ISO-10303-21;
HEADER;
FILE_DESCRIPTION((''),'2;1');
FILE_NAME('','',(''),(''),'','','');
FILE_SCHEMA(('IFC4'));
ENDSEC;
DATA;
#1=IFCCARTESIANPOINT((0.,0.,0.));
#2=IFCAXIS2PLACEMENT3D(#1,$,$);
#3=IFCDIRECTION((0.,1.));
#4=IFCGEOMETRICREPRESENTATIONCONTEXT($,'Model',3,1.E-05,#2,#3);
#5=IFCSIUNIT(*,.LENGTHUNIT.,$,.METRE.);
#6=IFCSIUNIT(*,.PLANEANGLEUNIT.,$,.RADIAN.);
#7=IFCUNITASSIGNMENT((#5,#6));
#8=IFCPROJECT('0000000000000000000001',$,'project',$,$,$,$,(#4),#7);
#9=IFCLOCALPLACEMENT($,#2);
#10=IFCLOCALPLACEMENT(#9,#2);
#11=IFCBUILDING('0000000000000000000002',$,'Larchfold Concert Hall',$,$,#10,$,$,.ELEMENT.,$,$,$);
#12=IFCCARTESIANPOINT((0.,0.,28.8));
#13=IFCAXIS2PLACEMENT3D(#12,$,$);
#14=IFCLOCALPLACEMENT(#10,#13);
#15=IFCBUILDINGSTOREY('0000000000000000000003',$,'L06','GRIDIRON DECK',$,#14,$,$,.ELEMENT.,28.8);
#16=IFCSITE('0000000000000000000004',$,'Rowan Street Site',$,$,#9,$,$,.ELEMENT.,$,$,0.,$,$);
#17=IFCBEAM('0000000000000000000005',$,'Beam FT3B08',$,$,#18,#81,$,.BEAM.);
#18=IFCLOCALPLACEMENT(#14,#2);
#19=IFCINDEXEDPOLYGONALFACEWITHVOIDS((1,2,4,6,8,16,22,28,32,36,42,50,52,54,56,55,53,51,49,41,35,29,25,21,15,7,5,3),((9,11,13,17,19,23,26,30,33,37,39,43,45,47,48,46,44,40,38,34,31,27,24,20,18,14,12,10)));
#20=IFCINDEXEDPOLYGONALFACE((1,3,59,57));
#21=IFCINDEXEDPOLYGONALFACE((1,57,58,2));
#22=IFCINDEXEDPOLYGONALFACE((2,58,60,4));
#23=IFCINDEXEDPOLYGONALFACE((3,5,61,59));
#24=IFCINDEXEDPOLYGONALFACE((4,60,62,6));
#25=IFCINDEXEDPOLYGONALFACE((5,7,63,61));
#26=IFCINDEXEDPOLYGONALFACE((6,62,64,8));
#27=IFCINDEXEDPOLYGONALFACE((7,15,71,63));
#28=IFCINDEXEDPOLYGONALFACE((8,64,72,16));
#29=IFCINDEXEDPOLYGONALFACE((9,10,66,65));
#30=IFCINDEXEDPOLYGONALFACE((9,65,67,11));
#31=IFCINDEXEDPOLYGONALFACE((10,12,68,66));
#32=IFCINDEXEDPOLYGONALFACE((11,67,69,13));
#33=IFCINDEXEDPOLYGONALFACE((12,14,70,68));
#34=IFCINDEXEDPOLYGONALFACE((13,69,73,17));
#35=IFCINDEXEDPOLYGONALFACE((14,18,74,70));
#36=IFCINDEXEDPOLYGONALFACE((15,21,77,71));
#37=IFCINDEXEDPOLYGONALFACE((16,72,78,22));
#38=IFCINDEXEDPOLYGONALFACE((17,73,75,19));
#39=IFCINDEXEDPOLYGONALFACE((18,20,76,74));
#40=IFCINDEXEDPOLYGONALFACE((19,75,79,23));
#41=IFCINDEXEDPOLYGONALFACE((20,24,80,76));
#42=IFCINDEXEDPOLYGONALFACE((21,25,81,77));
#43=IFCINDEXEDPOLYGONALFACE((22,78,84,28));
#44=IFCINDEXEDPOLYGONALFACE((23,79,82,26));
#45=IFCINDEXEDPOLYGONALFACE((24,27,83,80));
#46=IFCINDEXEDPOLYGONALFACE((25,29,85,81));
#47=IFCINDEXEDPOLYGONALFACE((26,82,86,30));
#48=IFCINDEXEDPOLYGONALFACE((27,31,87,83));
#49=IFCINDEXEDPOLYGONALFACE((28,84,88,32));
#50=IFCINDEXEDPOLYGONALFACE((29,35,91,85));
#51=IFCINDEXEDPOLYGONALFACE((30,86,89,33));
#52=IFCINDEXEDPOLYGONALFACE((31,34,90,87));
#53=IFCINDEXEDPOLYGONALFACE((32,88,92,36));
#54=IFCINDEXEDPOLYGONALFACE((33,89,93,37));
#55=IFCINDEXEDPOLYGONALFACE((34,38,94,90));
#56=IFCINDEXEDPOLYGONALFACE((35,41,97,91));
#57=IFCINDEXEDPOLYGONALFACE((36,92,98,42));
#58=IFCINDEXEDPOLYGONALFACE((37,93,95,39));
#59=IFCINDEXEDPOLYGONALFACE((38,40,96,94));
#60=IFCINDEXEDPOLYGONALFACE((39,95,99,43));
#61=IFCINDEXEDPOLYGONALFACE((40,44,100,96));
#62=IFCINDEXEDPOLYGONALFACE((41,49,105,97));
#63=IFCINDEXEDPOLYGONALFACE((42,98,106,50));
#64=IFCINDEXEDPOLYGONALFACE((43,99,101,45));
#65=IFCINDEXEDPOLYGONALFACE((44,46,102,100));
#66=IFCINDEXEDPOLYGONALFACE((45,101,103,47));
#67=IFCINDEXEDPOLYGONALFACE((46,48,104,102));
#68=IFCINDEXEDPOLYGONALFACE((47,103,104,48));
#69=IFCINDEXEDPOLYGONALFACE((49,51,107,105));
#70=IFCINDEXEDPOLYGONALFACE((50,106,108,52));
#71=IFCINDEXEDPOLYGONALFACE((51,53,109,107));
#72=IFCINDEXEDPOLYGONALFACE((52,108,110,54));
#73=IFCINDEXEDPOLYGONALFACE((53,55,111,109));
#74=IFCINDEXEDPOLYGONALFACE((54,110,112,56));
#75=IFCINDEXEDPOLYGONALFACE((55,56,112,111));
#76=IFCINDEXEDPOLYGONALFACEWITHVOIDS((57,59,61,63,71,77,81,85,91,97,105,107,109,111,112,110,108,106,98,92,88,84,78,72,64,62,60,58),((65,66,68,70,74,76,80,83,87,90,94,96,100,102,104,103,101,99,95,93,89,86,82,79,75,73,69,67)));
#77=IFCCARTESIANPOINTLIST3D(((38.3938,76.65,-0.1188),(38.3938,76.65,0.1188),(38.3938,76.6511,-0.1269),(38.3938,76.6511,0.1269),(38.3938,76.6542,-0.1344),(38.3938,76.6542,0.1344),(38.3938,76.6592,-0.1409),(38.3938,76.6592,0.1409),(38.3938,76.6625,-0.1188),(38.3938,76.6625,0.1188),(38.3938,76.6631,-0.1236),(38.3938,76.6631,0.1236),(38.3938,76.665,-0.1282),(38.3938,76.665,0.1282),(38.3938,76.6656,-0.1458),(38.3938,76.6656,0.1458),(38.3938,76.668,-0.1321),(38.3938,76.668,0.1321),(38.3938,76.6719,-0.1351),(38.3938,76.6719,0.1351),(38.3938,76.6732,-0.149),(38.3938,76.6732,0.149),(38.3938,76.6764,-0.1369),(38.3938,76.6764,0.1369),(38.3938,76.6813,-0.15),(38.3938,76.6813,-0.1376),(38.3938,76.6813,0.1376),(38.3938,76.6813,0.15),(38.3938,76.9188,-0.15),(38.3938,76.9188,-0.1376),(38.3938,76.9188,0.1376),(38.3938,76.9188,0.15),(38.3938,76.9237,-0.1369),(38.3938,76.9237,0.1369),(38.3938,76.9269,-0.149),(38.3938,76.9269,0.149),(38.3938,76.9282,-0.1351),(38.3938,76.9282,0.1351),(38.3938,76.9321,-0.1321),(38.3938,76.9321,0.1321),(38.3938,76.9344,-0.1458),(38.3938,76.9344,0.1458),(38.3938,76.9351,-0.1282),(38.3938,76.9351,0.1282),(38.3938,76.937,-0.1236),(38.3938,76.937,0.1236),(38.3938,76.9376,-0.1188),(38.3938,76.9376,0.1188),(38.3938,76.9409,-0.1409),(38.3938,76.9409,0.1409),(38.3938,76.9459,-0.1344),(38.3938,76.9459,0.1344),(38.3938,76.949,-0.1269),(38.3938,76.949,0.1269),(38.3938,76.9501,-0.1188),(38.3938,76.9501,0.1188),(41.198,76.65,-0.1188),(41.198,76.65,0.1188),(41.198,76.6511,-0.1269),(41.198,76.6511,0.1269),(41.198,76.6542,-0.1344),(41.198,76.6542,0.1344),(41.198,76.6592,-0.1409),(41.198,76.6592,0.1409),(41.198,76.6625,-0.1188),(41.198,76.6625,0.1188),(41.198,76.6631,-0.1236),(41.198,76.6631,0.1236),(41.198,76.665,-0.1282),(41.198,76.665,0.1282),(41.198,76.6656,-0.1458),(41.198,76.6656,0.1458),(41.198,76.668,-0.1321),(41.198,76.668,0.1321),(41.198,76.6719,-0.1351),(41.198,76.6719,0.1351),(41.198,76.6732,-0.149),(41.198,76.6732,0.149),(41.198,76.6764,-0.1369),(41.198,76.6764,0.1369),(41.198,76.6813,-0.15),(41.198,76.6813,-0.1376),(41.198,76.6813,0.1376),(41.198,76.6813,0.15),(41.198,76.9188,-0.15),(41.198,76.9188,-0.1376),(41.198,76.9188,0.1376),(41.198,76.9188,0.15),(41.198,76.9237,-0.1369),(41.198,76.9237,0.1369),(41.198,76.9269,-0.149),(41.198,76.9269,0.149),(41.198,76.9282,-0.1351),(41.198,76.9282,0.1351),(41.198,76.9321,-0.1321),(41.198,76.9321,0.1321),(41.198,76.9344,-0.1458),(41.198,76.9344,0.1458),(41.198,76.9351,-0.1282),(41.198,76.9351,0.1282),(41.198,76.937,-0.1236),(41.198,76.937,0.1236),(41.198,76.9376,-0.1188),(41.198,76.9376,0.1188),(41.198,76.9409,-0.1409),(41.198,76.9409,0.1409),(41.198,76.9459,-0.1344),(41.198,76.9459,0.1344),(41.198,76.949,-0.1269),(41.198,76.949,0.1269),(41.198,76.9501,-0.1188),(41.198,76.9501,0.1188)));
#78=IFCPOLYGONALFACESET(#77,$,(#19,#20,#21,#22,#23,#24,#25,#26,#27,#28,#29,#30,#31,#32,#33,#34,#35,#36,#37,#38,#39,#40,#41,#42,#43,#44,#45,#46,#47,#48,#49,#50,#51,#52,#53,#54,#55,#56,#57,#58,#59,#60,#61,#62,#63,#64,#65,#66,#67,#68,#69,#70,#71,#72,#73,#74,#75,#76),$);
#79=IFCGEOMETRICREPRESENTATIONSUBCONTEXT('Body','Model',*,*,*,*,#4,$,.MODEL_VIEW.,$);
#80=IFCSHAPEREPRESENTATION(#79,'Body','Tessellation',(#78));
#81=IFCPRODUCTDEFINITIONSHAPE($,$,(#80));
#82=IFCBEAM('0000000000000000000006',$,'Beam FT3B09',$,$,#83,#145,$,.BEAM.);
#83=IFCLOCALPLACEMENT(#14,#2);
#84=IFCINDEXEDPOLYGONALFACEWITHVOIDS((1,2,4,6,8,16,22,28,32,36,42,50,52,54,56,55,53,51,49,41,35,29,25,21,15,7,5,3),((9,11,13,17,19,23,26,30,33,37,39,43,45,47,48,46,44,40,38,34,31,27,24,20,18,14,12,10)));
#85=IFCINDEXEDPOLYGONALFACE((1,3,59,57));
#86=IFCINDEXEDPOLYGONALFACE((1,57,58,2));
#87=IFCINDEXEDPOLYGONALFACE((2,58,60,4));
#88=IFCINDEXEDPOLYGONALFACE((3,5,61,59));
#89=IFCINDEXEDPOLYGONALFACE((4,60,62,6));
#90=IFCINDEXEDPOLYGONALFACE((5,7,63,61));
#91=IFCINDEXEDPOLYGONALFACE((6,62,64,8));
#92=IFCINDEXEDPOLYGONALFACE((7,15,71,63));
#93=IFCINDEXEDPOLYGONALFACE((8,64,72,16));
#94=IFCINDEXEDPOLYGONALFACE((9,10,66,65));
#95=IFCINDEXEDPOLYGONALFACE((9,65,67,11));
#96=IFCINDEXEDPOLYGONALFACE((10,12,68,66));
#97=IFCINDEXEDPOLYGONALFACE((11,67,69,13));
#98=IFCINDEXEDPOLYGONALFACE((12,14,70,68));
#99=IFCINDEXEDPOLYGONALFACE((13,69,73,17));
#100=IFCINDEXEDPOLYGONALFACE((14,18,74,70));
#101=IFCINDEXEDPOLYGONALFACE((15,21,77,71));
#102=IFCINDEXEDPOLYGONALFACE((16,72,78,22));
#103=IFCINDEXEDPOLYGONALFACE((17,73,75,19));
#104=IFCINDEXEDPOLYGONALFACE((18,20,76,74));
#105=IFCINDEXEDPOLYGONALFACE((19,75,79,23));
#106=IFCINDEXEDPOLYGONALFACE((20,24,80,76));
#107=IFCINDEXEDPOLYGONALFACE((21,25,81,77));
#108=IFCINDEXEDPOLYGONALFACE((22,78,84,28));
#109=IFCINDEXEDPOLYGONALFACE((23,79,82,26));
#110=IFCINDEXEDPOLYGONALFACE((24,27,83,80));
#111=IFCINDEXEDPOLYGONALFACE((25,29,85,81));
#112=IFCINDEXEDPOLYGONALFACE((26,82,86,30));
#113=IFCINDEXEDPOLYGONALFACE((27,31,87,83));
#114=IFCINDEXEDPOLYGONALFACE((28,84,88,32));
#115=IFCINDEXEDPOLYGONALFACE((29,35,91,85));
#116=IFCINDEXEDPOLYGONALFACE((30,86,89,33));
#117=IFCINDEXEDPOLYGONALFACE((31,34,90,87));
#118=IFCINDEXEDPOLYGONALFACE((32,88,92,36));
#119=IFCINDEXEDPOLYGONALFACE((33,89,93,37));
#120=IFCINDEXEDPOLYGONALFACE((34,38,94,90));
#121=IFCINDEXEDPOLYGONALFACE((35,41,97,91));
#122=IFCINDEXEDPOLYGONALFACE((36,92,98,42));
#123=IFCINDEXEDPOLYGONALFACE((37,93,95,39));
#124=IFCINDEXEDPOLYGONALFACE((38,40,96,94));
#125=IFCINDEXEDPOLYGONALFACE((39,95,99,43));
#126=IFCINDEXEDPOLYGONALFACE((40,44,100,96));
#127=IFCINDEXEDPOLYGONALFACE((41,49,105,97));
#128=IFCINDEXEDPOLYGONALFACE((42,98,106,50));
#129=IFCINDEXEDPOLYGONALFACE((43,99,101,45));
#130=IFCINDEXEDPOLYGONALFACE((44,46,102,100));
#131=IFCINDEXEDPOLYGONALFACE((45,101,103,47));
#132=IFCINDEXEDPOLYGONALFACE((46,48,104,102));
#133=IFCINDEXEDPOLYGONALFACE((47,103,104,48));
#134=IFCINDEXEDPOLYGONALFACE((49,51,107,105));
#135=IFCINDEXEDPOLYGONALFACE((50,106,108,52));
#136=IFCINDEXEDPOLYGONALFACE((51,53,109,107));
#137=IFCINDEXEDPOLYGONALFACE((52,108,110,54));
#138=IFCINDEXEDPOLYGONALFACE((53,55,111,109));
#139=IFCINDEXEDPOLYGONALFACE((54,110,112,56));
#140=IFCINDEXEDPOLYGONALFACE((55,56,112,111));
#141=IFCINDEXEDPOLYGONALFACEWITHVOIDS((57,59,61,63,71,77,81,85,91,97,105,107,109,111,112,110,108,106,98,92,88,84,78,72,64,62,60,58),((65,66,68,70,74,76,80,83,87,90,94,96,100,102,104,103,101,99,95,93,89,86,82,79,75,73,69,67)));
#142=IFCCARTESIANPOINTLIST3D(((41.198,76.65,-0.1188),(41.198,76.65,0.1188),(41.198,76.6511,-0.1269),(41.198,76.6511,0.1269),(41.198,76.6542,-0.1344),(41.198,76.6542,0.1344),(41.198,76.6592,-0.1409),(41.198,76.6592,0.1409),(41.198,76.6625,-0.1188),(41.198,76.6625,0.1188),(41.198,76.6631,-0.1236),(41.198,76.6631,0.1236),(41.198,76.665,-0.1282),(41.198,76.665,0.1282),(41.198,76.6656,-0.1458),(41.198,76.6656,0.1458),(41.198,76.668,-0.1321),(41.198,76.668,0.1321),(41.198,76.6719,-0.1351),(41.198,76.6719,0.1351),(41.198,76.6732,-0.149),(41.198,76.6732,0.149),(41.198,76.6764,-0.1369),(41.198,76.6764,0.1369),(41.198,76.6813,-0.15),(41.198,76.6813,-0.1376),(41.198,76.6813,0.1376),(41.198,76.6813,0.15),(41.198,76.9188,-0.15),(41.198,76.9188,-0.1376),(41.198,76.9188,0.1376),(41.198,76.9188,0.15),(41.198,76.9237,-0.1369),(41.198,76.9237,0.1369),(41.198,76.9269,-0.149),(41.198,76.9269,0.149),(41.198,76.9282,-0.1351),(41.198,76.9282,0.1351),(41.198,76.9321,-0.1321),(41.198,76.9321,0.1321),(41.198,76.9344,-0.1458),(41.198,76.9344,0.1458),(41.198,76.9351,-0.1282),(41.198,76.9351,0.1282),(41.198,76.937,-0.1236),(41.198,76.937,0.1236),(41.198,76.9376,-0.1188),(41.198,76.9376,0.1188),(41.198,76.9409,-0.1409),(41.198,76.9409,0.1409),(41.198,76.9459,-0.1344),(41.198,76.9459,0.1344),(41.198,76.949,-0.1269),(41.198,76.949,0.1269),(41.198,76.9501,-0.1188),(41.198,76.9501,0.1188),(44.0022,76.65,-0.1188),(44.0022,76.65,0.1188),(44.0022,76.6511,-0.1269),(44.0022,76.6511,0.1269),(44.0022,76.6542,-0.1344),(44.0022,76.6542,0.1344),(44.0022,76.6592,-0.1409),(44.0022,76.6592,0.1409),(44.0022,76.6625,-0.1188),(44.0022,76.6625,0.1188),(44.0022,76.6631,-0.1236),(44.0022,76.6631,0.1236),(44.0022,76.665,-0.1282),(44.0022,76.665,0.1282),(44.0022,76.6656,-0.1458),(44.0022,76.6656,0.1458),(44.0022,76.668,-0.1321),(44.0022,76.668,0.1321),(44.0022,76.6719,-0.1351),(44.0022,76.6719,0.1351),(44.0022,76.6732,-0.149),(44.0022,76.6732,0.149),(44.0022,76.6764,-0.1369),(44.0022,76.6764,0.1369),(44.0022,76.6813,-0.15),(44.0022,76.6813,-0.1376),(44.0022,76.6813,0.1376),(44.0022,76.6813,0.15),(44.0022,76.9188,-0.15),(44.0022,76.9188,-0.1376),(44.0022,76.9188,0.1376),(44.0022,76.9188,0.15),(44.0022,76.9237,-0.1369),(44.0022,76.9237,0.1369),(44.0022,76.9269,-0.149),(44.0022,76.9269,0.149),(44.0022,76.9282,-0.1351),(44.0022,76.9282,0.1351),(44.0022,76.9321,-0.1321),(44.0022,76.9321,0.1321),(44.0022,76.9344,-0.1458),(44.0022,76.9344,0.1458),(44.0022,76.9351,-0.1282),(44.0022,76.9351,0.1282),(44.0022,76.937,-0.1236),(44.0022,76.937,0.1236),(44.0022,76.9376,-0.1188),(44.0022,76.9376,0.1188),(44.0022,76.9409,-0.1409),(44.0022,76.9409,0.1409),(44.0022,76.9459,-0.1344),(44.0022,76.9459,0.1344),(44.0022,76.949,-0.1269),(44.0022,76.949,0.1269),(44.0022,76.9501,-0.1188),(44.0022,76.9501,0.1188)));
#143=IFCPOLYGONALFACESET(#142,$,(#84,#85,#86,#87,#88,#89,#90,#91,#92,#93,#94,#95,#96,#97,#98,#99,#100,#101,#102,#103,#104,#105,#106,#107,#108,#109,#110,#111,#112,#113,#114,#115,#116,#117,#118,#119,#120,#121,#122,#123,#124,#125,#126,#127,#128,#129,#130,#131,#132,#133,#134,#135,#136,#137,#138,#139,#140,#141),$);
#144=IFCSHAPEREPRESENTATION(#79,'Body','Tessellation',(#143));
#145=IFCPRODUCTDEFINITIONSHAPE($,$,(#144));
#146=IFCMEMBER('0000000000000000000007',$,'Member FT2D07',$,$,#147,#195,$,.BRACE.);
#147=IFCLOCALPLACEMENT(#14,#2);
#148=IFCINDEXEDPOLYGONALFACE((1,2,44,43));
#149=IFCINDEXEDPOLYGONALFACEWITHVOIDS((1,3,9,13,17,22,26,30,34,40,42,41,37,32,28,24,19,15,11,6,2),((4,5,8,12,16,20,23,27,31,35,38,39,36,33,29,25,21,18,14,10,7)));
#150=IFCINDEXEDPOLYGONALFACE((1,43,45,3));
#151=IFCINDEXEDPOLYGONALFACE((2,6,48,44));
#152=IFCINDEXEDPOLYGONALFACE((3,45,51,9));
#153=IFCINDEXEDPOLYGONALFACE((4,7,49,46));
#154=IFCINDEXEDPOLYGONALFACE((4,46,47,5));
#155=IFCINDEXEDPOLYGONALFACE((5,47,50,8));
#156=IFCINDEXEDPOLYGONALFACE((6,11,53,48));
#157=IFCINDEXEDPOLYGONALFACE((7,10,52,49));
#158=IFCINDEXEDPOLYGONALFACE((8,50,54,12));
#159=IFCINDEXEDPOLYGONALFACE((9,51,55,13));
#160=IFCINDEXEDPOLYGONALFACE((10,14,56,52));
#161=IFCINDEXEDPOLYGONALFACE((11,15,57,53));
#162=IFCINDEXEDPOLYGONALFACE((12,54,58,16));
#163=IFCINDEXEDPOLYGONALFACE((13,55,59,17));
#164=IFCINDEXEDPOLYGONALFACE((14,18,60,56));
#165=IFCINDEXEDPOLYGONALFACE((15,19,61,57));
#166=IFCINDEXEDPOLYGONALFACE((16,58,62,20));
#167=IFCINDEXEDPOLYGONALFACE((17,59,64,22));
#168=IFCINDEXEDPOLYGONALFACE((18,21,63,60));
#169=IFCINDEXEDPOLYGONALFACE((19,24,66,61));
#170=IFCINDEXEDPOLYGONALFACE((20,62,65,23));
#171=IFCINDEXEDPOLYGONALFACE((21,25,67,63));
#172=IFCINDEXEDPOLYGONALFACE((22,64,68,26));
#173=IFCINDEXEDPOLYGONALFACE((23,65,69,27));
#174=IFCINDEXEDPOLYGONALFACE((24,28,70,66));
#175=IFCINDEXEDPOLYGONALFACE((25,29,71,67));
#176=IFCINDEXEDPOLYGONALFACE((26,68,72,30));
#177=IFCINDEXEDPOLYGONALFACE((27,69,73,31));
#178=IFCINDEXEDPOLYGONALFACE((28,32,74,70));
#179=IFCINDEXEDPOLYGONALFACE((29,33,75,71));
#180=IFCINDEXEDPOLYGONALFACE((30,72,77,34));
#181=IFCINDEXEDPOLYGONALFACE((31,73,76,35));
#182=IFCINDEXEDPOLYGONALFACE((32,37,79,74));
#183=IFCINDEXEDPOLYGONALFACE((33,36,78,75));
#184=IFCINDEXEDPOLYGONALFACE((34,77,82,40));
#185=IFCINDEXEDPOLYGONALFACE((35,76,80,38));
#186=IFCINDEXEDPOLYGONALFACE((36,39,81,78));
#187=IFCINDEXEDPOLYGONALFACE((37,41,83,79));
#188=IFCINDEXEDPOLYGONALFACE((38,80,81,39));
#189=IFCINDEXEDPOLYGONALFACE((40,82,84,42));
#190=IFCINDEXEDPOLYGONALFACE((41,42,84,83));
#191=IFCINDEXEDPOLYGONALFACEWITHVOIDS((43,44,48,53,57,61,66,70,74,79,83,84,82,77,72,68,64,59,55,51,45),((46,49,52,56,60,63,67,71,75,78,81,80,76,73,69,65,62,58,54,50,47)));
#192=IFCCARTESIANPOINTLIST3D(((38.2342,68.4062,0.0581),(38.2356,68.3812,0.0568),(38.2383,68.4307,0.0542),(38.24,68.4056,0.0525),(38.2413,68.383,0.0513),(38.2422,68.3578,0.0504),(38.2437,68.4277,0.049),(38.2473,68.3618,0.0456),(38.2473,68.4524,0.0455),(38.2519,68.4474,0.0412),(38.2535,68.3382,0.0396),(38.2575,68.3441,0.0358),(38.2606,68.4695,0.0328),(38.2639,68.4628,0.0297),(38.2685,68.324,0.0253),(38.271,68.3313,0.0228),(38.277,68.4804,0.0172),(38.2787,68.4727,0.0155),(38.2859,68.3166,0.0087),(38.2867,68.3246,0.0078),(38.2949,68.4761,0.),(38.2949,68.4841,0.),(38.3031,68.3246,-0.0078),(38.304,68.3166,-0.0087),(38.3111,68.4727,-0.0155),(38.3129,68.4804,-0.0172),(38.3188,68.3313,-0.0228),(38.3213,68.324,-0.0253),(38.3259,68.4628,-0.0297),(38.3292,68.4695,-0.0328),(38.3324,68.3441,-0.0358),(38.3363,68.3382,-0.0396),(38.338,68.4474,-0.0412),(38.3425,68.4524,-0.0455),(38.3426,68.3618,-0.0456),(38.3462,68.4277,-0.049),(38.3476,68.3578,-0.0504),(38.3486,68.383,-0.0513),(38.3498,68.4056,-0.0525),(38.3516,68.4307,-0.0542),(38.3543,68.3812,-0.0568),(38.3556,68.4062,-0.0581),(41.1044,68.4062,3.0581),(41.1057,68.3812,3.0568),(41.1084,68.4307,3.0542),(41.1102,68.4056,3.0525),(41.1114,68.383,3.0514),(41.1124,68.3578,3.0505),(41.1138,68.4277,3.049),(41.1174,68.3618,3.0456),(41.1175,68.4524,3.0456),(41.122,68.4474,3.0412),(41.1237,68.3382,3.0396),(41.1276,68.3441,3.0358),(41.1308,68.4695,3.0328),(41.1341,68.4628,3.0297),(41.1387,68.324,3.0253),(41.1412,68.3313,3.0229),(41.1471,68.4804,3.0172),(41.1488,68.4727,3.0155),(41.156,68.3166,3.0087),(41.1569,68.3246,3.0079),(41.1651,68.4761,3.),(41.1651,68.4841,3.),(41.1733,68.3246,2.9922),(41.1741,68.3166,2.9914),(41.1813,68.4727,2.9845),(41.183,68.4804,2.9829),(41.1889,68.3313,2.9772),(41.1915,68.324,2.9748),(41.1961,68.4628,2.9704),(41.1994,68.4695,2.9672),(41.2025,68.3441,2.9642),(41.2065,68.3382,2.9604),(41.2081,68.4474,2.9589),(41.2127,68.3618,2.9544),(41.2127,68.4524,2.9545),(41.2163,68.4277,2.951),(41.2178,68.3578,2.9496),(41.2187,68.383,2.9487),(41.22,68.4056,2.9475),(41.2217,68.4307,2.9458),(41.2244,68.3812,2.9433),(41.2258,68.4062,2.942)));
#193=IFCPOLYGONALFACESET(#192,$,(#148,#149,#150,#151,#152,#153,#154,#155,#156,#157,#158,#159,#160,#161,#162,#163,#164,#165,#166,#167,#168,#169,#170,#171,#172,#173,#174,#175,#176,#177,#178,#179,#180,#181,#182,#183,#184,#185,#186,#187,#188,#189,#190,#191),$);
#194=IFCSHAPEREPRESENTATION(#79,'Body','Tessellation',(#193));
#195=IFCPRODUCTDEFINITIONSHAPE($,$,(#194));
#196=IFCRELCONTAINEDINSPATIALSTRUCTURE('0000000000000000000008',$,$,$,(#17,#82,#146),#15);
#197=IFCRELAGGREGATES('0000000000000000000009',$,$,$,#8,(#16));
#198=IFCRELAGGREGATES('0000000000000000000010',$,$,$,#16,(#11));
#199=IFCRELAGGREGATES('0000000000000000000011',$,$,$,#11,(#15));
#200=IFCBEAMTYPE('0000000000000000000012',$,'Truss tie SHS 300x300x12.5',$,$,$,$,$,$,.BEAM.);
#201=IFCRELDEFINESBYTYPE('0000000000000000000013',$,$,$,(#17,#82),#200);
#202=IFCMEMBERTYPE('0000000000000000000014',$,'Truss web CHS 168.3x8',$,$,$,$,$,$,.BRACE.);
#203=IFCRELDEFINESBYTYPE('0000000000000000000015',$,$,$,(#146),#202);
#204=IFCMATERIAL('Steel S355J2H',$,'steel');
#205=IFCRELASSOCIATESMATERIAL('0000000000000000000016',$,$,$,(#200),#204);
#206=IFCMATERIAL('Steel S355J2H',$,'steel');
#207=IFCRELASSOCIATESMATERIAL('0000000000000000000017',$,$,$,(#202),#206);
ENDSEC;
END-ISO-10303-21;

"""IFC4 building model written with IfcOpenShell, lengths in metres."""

from ifc_helpers import new_model, si_unit, direction, frame, origin, origin_2d, place, context, subcontext, project, spatial, hollow_rectangle, hollow_circle, extrude, material, material_profile, profile_set, type_object, element, save


model = new_model("IFC4")

# Units and contexts
model_context = context("Model", 3, precision=1e-05, world=origin(), true_north=direction((0.0, 1.0)))
body_context = subcontext(model_context, "Body", "Model", "MODEL_VIEW")
ifc_project = project(units=[si_unit("LENGTHUNIT", "METRE"), si_unit("PLANEANGLEUNIT", "RADIAN")], contexts=[model_context])

# Site, building, storey
site_placement = place(None, origin())
site = spatial("IfcSite", under=ifc_project, at=site_placement, Name="Rowan Street Site", CompositionType="ELEMENT", RefElevation=0.0)
building_placement = place(site_placement, origin())
building = spatial("IfcBuilding", under=site, at=building_placement, Name="Larchfold Concert Hall", CompositionType="ELEMENT")
storey_placement = place(building_placement, frame((0.0, 0.0, 28.8)))
storey = spatial("IfcBuildingStorey", under=building, at=storey_placement, Name="L06", Description="GRIDIRON DECK", CompositionType="ELEMENT", Elevation=28.8)

# Beams
ifc_material_1 = material(Name="Steel S355J2H", Category="steel")
ifc_material_profile_1 = material_profile(ifc_material_1, hollow_rectangle(XDim=0.3, YDim=0.3, WallThickness=0.0125, InnerFilletRadius=0.0188, OuterFilletRadius=0.0312, at=origin_2d()))
ifc_profile_set_1 = profile_set([ifc_material_profile_1], Name="Steel S355J2H")
beam_type_1 = type_object("IfcBeamType", Name="Truss tie SHS 300x300x12.5", PredefinedType="BEAM", material=ifc_profile_set_1)
for number, where, z_axis, x_axis, name in (
    (1, (38.3938, 76.8, 0.0), (1.0, 0.0, 0.0), (0.0, 1.0, 0.0), "Beam FT3B08"),
    (2, (41.198, 76.8, 0.0), (1.0, 0.0, 0.0), (0.0, 1.0, 0.0), "Beam FT3B09"),
):
    element("IfcBeam", number, at=place(storey_placement, frame(where, z_axis=z_axis, x_axis=x_axis)), inside=storey, type_object=beam_type_1, Name=name, PredefinedType="BEAM", context=body_context, shape_type="SweptSolid", body=[
        extrude(hollow_rectangle(XDim=0.3, YDim=0.3, WallThickness=0.0125, InnerFilletRadius=0.0188, OuterFilletRadius=0.0312, at=origin_2d()), origin(), (0.0, 0.0, 1.0), 2.8042),
    ])

# Member
ifc_material_2 = material(Name="Steel S355J2H", Category="steel")
ifc_material_profile_2 = material_profile(ifc_material_2, hollow_circle(Radius=0.0842, WallThickness=0.0081, at=origin_2d()))
ifc_profile_set_2 = profile_set([ifc_material_profile_2], Name="Steel S355J2H")
member_type_1 = type_object("IfcMemberType", Name="Truss web CHS 168.3x8", PredefinedType="BRACE", material=ifc_profile_set_2)
for number, where, z_axis, x_axis, name in (
    (3, (38.2949, 68.3999, 0.0), (0.691292, 0.0, 0.722575), (0.0, 1.0, 0.0), "Member FT2D07"),
):
    element("IfcMember", number, at=place(storey_placement, frame(where, z_axis=z_axis, x_axis=x_axis)), inside=storey, type_object=member_type_1, Name=name, PredefinedType="BRACE", context=body_context, shape_type="SweptSolid", body=[
        extrude(hollow_circle(Radius=0.0842, WallThickness=0.0081, at=origin_2d()), origin(), (0.0, 0.0, 1.0), 4.1519),
    ])

save(model, "model.ifc")
